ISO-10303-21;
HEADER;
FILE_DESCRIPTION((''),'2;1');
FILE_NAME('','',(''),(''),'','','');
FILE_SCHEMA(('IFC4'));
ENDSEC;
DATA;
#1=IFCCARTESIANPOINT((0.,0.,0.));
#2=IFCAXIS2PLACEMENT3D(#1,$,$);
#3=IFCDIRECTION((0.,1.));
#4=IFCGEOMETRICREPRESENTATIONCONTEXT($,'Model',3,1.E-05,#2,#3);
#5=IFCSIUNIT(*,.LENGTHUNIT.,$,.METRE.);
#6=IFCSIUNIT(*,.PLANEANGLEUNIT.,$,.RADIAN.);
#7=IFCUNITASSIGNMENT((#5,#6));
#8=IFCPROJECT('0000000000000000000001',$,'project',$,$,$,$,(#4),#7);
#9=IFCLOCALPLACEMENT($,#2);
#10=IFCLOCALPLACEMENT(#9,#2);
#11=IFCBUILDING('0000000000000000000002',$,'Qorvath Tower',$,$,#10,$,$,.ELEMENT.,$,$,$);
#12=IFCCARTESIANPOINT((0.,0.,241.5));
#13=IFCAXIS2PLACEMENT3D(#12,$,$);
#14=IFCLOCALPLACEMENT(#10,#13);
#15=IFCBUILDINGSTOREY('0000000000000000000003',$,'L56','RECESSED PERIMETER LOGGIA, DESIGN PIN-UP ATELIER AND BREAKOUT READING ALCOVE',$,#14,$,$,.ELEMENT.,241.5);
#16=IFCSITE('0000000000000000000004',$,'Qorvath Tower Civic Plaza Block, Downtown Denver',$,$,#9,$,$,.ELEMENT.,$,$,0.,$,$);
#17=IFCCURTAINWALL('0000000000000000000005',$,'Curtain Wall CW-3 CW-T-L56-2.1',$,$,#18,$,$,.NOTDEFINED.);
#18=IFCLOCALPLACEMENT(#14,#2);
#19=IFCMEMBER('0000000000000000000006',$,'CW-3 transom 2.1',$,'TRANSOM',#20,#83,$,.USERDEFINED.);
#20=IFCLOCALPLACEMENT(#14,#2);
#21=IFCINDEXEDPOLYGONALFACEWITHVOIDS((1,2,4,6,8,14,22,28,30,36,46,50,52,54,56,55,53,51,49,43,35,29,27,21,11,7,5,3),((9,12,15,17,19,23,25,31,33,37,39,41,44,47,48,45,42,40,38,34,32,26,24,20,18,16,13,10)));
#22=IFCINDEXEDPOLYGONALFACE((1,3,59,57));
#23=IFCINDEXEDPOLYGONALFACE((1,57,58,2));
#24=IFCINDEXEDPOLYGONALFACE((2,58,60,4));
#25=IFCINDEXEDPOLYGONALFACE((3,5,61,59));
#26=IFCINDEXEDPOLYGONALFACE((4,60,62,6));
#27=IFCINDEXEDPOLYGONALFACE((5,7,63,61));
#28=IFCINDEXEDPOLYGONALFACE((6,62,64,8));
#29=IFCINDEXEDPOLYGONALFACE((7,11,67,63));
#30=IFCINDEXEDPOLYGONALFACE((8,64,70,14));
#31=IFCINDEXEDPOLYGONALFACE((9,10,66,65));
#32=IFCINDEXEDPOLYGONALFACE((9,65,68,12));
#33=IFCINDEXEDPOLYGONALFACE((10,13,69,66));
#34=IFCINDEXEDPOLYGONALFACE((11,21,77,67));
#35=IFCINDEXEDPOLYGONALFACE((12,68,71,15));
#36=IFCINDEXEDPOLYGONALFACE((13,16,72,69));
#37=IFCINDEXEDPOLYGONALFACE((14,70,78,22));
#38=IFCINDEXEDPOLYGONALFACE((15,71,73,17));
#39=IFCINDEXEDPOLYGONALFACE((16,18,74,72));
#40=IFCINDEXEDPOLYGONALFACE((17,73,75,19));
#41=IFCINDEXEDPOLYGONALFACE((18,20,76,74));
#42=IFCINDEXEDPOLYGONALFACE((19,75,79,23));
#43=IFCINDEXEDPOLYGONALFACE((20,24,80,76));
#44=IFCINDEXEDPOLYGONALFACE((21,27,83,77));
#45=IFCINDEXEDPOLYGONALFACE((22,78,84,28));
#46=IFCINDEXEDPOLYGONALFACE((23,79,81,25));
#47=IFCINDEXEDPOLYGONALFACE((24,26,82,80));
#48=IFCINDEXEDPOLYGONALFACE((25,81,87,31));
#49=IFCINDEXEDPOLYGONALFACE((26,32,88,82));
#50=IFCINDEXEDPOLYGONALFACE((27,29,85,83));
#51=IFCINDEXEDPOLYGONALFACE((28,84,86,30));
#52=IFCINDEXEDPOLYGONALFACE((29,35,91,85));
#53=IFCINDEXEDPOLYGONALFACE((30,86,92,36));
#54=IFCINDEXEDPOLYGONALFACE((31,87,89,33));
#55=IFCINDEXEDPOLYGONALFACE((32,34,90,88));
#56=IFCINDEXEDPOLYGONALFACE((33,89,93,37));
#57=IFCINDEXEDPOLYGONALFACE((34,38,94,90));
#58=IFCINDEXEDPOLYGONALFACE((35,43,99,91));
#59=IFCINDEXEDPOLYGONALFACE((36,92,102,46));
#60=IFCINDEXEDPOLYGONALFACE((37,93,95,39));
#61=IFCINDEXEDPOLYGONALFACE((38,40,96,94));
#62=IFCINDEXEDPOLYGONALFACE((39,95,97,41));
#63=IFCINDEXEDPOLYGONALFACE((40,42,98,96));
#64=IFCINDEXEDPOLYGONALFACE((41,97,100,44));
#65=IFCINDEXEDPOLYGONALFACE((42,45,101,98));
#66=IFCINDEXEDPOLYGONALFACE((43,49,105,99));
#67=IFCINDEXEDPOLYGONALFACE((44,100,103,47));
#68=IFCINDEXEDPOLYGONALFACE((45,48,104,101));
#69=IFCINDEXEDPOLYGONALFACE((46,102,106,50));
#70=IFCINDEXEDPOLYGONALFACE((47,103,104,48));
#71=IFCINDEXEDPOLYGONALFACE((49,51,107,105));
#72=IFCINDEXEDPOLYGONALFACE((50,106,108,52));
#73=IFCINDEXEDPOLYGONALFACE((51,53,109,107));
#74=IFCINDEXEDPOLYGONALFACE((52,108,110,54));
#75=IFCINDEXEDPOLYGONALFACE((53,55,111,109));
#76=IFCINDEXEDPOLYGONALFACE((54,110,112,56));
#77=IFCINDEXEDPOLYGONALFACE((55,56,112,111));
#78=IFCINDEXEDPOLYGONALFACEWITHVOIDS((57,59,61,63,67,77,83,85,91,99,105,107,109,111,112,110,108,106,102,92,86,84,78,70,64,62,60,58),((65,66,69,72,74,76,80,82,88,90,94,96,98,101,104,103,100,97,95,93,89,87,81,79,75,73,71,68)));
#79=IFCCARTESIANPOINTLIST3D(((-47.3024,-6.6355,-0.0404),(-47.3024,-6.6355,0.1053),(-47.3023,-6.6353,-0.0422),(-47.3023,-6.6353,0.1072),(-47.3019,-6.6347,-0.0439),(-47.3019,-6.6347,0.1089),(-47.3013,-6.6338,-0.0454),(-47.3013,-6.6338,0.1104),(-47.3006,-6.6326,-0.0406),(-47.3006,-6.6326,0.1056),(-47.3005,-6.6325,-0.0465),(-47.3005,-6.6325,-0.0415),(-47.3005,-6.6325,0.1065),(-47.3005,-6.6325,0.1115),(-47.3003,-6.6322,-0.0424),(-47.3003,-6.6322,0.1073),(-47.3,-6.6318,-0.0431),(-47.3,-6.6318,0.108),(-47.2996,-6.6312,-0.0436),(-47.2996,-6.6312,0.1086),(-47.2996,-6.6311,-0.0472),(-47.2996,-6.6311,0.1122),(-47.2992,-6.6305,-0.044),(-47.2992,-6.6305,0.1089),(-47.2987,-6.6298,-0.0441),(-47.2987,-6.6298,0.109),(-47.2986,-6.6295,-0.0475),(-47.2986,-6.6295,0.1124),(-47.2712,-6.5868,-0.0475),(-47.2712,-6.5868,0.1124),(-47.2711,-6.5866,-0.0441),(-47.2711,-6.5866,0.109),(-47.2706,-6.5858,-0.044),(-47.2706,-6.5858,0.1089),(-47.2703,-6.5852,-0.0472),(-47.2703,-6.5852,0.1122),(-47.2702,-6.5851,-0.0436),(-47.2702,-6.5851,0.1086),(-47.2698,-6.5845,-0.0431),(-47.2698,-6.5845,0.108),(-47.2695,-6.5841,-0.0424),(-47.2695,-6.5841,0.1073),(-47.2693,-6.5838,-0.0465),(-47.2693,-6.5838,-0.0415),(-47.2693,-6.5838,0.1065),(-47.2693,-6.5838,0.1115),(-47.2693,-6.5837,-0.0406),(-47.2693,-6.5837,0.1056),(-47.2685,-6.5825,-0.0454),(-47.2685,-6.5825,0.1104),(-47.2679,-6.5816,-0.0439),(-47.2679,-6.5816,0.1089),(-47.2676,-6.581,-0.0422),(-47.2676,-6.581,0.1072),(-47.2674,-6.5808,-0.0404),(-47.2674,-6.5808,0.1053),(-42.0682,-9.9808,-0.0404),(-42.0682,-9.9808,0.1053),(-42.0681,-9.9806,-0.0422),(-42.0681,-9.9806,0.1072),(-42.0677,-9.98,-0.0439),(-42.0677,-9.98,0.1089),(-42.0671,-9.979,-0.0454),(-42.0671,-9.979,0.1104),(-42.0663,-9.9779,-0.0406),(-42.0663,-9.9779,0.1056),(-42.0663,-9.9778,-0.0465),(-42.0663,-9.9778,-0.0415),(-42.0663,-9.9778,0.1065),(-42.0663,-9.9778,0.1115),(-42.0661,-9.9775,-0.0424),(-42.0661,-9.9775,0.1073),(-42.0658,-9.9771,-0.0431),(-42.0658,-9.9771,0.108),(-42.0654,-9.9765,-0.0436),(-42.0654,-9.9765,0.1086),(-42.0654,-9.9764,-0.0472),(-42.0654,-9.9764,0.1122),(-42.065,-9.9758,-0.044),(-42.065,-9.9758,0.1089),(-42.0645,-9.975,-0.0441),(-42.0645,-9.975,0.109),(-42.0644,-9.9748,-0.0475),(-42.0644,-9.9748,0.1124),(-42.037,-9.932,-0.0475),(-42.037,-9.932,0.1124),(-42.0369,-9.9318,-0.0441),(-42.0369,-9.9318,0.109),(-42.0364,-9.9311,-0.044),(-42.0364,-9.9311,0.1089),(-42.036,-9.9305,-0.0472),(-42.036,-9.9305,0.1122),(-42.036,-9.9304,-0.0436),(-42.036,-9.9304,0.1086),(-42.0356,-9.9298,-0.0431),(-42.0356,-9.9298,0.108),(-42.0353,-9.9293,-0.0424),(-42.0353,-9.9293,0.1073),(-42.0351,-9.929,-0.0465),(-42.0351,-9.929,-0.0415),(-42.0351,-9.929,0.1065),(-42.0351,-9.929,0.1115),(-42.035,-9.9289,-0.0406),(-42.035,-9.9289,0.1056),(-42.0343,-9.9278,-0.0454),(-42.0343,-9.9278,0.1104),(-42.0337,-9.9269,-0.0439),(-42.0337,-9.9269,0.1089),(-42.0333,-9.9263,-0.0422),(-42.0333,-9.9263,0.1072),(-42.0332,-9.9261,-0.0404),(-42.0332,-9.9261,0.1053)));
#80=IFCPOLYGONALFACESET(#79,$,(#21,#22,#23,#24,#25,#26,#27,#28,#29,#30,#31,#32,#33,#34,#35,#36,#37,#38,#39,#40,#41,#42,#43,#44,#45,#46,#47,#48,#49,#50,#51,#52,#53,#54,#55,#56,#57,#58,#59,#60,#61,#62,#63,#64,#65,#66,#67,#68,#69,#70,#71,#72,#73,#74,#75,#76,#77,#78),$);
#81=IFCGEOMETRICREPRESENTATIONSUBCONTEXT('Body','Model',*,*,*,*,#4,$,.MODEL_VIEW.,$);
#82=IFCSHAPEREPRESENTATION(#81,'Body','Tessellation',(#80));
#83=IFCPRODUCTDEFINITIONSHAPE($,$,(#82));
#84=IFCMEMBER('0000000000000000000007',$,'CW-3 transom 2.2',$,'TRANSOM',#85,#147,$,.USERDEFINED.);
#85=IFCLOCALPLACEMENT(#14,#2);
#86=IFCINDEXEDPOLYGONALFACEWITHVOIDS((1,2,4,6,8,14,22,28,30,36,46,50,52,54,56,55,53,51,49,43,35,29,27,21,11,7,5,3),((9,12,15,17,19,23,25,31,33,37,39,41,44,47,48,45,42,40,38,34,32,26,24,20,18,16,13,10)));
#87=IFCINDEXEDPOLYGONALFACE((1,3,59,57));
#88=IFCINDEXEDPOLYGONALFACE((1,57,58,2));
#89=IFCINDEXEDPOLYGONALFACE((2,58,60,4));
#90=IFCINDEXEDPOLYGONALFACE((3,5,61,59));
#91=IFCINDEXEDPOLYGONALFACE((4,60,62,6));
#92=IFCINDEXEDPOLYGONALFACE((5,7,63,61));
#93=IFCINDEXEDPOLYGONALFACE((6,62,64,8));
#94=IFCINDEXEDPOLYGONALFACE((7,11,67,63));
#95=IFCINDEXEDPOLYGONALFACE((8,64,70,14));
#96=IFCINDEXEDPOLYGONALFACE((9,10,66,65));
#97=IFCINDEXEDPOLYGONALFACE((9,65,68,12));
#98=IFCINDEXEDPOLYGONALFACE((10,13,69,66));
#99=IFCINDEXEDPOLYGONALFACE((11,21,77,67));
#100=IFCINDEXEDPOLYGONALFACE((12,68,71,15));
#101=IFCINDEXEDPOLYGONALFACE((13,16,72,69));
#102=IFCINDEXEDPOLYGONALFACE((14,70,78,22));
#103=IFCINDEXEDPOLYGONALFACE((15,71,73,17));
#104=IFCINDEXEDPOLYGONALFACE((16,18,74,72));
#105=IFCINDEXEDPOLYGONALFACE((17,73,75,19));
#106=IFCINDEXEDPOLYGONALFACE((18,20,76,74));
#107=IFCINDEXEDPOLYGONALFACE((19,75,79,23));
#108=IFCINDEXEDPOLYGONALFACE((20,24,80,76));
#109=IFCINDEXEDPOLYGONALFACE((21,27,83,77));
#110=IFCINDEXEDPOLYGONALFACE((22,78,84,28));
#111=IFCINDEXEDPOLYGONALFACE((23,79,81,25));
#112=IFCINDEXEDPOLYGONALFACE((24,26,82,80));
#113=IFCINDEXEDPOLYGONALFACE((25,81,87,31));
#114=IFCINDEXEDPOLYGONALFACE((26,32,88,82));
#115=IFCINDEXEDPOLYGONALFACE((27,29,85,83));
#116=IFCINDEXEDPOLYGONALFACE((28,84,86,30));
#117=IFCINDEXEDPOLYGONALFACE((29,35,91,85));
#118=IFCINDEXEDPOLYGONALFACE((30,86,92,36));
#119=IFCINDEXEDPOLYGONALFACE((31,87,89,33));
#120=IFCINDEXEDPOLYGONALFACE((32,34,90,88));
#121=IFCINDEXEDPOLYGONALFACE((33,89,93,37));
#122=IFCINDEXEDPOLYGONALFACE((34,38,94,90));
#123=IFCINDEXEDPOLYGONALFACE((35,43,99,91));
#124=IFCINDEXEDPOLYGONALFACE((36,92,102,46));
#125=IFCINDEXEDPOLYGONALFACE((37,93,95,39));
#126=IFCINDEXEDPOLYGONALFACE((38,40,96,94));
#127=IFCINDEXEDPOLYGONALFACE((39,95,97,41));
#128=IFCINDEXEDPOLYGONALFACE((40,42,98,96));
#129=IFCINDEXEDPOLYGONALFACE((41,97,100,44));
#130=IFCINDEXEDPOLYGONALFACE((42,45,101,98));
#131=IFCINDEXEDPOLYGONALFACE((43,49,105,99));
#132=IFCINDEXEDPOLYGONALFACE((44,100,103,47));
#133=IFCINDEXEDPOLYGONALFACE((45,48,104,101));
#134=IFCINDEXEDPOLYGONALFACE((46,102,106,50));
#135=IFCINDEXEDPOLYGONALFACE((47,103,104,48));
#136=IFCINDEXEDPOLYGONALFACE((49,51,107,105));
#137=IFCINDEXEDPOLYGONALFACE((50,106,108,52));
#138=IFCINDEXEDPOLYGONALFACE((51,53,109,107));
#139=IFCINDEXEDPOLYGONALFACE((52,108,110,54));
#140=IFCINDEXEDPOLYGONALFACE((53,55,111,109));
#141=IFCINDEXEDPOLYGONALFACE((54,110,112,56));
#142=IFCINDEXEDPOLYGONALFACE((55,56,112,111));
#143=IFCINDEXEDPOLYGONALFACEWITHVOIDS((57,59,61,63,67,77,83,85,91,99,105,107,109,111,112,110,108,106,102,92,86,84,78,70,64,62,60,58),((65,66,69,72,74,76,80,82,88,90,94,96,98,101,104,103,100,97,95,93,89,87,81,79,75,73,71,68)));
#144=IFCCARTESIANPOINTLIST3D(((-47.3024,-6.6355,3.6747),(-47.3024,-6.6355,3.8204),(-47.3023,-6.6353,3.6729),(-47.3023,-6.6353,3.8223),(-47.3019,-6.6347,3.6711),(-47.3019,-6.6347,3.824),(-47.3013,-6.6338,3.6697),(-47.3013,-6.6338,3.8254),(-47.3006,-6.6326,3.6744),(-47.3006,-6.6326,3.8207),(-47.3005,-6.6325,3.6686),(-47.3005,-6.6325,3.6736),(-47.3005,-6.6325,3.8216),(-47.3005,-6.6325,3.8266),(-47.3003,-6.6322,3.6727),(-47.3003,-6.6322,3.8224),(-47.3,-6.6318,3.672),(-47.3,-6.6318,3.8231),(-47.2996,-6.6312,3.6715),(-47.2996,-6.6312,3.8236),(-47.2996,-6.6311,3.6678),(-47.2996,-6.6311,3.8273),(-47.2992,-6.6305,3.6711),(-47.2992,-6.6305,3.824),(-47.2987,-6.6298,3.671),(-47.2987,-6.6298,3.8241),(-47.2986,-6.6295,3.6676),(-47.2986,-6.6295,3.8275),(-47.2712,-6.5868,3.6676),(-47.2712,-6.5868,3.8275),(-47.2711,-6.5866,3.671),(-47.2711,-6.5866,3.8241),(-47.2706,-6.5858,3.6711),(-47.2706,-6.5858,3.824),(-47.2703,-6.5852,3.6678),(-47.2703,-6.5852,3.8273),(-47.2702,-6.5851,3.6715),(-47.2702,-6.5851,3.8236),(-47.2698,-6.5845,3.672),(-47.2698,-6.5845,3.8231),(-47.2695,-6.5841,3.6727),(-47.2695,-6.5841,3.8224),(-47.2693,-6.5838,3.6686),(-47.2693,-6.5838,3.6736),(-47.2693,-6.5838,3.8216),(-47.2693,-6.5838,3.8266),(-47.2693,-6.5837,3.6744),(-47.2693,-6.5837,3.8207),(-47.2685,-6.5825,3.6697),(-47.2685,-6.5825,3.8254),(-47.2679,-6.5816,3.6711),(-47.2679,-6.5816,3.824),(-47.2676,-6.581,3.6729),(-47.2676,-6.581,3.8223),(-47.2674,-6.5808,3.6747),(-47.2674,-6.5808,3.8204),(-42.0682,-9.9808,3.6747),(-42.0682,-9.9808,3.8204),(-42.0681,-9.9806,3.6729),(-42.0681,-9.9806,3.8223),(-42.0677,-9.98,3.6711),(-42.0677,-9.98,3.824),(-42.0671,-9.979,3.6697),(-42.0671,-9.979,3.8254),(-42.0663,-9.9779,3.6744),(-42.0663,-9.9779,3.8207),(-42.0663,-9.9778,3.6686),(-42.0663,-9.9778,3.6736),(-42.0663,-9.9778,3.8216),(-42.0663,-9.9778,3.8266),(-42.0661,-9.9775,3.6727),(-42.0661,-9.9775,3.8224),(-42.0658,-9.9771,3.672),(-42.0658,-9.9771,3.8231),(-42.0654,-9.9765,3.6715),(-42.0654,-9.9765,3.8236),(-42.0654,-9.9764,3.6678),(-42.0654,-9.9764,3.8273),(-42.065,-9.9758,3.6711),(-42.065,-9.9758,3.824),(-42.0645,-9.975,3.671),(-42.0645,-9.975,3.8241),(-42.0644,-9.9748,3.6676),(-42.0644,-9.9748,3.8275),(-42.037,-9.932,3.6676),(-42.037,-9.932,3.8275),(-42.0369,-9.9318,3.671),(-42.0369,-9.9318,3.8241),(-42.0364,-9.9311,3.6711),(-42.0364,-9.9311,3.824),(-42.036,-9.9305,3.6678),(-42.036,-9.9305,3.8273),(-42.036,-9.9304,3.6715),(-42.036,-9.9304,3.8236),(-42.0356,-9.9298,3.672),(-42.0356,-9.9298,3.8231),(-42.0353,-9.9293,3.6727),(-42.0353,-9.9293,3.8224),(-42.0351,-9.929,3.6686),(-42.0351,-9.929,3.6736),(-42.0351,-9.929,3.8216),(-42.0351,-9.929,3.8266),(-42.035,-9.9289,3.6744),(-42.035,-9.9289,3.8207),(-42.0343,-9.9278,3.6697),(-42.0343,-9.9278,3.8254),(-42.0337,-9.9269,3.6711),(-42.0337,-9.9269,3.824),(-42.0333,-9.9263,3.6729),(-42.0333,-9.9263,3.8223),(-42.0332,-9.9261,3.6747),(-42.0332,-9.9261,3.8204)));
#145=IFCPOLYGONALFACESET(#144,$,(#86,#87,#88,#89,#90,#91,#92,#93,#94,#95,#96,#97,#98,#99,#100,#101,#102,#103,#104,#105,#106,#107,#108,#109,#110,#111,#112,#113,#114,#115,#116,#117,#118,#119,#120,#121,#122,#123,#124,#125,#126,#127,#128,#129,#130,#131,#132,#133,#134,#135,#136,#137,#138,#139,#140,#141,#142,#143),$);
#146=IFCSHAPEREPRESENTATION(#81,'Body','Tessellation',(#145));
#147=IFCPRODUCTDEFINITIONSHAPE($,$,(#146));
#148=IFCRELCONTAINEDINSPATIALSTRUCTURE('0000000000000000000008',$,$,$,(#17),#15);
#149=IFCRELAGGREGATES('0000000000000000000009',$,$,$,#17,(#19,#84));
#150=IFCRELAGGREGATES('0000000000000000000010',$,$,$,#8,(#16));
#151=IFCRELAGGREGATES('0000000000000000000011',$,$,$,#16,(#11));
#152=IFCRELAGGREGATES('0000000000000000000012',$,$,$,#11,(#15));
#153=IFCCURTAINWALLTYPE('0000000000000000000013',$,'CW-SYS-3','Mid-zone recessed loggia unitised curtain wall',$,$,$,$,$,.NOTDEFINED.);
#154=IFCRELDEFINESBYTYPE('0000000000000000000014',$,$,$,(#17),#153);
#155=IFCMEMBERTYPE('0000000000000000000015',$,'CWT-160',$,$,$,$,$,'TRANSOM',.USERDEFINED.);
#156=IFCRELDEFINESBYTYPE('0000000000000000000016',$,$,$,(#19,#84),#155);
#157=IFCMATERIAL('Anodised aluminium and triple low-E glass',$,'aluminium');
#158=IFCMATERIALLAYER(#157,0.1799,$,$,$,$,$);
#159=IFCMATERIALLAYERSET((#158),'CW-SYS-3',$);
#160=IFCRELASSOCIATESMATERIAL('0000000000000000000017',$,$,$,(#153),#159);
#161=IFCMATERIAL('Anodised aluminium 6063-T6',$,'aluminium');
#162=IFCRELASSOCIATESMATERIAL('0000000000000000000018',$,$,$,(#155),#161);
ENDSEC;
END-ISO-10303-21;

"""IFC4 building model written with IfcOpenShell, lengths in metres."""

from ifc_helpers import new_model, si_unit, direction, frame, origin, origin_2d, place, context, subcontext, project, spatial, hollow_rectangle, extrude, material, layer, layer_set, material_profile, profile_set, type_object, element, aggregate, save


model = new_model("IFC4")

# Units and contexts
model_context = context("Model", 3, precision=1e-05, world=origin(), true_north=direction((0.0, 1.0)))
body_context = subcontext(model_context, "Body", "Model", "MODEL_VIEW")
ifc_project = project(units=[si_unit("LENGTHUNIT", "METRE"), si_unit("PLANEANGLEUNIT", "RADIAN")], contexts=[model_context])

# Site, building, storey
site_placement = place(None, origin())
site = spatial("IfcSite", under=ifc_project, at=site_placement, Name="Qorvath Tower Civic Plaza Block, Downtown Denver", CompositionType="ELEMENT", RefElevation=0.0)
building_placement = place(site_placement, origin())
building = spatial("IfcBuilding", under=site, at=building_placement, Name="Qorvath Tower", CompositionType="ELEMENT")
storey_placement = place(building_placement, frame((0.0, 0.0, 241.5)))
storey = spatial("IfcBuildingStorey", under=building, at=storey_placement, Name="L56", Description="RECESSED PERIMETER LOGGIA, DESIGN PIN-UP ATELIER AND BREAKOUT READING ALCOVE", CompositionType="ELEMENT", Elevation=241.5)

# Curtain wall, members
ifc_material_1 = material(Name="Anodised aluminium and triple low-E glass", Category="aluminium")
ifc_layer_1 = layer(ifc_material_1, 0.1799)
ifc_layer_set_1 = layer_set([ifc_layer_1], Name="CW-SYS-3")
curtain_wall_type = type_object("IfcCurtainWallType", Name="CW-SYS-3", Description="Mid-zone recessed loggia unitised curtain wall", PredefinedType="NOTDEFINED", material=ifc_layer_set_1)
curtain_wall_placement = place(storey_placement, origin())
curtain_wall = element("IfcCurtainWall", 1, at=curtain_wall_placement, inside=storey, type_object=curtain_wall_type, Name="Curtain Wall CW-3 CW-T-L56-2.1", PredefinedType="NOTDEFINED")
ifc_material_2 = material(Name="Anodised aluminium 6063-T6", Category="aluminium")
ifc_material_profile_1 = material_profile(ifc_material_2, hollow_rectangle(XDim=0.0649, YDim=0.1599, WallThickness=0.0034, InnerFilletRadius=0.0034, OuterFilletRadius=0.0071, at=origin_2d()), Name="CWT 160x65")
ifc_profile_set_1 = profile_set([ifc_material_profile_1], Name="Anodised aluminium 6063-T6")
member_type_1 = type_object("IfcMemberType", Name="CWT-160", ElementType="TRANSOM", PredefinedType="USERDEFINED", material=ifc_profile_set_1)
member_1_placement = place(storey_placement, frame((-47.2849, -6.6082, 0.0325), z_axis=(0.84261, -0.538525, 0.0), x_axis=(0.538525, 0.84261, 0.0)))
member_1 = element("IfcMember", 2, at=member_1_placement, type_object=member_type_1, Name="CW-3 transom 2.1", ObjectType="TRANSOM", PredefinedType="USERDEFINED", context=body_context, shape_type="SweptSolid", body=[
    extrude(hollow_rectangle(XDim=0.0649, YDim=0.1599, WallThickness=0.0034, InnerFilletRadius=0.0034, OuterFilletRadius=0.0071, at=origin_2d()), origin(), (0.0, 0.0, 1.0), 6.2119),
])
member_2_placement = place(storey_placement, frame((-47.2849, -6.6082, 3.7476), z_axis=(0.84261, -0.538525, 0.0), x_axis=(0.538525, 0.84261, 0.0)))
member_2 = element("IfcMember", 3, at=member_2_placement, type_object=member_type_1, Name="CW-3 transom 2.2", ObjectType="TRANSOM", PredefinedType="USERDEFINED", context=body_context, shape_type="SweptSolid", body=[
    extrude(hollow_rectangle(XDim=0.0649, YDim=0.1599, WallThickness=0.0034, InnerFilletRadius=0.0034, OuterFilletRadius=0.0071, at=origin_2d()), origin(), (0.0, 0.0, 1.0), 6.2119),
])
aggregate(curtain_wall, [member_1, member_2])

save(model, "model.ifc")
